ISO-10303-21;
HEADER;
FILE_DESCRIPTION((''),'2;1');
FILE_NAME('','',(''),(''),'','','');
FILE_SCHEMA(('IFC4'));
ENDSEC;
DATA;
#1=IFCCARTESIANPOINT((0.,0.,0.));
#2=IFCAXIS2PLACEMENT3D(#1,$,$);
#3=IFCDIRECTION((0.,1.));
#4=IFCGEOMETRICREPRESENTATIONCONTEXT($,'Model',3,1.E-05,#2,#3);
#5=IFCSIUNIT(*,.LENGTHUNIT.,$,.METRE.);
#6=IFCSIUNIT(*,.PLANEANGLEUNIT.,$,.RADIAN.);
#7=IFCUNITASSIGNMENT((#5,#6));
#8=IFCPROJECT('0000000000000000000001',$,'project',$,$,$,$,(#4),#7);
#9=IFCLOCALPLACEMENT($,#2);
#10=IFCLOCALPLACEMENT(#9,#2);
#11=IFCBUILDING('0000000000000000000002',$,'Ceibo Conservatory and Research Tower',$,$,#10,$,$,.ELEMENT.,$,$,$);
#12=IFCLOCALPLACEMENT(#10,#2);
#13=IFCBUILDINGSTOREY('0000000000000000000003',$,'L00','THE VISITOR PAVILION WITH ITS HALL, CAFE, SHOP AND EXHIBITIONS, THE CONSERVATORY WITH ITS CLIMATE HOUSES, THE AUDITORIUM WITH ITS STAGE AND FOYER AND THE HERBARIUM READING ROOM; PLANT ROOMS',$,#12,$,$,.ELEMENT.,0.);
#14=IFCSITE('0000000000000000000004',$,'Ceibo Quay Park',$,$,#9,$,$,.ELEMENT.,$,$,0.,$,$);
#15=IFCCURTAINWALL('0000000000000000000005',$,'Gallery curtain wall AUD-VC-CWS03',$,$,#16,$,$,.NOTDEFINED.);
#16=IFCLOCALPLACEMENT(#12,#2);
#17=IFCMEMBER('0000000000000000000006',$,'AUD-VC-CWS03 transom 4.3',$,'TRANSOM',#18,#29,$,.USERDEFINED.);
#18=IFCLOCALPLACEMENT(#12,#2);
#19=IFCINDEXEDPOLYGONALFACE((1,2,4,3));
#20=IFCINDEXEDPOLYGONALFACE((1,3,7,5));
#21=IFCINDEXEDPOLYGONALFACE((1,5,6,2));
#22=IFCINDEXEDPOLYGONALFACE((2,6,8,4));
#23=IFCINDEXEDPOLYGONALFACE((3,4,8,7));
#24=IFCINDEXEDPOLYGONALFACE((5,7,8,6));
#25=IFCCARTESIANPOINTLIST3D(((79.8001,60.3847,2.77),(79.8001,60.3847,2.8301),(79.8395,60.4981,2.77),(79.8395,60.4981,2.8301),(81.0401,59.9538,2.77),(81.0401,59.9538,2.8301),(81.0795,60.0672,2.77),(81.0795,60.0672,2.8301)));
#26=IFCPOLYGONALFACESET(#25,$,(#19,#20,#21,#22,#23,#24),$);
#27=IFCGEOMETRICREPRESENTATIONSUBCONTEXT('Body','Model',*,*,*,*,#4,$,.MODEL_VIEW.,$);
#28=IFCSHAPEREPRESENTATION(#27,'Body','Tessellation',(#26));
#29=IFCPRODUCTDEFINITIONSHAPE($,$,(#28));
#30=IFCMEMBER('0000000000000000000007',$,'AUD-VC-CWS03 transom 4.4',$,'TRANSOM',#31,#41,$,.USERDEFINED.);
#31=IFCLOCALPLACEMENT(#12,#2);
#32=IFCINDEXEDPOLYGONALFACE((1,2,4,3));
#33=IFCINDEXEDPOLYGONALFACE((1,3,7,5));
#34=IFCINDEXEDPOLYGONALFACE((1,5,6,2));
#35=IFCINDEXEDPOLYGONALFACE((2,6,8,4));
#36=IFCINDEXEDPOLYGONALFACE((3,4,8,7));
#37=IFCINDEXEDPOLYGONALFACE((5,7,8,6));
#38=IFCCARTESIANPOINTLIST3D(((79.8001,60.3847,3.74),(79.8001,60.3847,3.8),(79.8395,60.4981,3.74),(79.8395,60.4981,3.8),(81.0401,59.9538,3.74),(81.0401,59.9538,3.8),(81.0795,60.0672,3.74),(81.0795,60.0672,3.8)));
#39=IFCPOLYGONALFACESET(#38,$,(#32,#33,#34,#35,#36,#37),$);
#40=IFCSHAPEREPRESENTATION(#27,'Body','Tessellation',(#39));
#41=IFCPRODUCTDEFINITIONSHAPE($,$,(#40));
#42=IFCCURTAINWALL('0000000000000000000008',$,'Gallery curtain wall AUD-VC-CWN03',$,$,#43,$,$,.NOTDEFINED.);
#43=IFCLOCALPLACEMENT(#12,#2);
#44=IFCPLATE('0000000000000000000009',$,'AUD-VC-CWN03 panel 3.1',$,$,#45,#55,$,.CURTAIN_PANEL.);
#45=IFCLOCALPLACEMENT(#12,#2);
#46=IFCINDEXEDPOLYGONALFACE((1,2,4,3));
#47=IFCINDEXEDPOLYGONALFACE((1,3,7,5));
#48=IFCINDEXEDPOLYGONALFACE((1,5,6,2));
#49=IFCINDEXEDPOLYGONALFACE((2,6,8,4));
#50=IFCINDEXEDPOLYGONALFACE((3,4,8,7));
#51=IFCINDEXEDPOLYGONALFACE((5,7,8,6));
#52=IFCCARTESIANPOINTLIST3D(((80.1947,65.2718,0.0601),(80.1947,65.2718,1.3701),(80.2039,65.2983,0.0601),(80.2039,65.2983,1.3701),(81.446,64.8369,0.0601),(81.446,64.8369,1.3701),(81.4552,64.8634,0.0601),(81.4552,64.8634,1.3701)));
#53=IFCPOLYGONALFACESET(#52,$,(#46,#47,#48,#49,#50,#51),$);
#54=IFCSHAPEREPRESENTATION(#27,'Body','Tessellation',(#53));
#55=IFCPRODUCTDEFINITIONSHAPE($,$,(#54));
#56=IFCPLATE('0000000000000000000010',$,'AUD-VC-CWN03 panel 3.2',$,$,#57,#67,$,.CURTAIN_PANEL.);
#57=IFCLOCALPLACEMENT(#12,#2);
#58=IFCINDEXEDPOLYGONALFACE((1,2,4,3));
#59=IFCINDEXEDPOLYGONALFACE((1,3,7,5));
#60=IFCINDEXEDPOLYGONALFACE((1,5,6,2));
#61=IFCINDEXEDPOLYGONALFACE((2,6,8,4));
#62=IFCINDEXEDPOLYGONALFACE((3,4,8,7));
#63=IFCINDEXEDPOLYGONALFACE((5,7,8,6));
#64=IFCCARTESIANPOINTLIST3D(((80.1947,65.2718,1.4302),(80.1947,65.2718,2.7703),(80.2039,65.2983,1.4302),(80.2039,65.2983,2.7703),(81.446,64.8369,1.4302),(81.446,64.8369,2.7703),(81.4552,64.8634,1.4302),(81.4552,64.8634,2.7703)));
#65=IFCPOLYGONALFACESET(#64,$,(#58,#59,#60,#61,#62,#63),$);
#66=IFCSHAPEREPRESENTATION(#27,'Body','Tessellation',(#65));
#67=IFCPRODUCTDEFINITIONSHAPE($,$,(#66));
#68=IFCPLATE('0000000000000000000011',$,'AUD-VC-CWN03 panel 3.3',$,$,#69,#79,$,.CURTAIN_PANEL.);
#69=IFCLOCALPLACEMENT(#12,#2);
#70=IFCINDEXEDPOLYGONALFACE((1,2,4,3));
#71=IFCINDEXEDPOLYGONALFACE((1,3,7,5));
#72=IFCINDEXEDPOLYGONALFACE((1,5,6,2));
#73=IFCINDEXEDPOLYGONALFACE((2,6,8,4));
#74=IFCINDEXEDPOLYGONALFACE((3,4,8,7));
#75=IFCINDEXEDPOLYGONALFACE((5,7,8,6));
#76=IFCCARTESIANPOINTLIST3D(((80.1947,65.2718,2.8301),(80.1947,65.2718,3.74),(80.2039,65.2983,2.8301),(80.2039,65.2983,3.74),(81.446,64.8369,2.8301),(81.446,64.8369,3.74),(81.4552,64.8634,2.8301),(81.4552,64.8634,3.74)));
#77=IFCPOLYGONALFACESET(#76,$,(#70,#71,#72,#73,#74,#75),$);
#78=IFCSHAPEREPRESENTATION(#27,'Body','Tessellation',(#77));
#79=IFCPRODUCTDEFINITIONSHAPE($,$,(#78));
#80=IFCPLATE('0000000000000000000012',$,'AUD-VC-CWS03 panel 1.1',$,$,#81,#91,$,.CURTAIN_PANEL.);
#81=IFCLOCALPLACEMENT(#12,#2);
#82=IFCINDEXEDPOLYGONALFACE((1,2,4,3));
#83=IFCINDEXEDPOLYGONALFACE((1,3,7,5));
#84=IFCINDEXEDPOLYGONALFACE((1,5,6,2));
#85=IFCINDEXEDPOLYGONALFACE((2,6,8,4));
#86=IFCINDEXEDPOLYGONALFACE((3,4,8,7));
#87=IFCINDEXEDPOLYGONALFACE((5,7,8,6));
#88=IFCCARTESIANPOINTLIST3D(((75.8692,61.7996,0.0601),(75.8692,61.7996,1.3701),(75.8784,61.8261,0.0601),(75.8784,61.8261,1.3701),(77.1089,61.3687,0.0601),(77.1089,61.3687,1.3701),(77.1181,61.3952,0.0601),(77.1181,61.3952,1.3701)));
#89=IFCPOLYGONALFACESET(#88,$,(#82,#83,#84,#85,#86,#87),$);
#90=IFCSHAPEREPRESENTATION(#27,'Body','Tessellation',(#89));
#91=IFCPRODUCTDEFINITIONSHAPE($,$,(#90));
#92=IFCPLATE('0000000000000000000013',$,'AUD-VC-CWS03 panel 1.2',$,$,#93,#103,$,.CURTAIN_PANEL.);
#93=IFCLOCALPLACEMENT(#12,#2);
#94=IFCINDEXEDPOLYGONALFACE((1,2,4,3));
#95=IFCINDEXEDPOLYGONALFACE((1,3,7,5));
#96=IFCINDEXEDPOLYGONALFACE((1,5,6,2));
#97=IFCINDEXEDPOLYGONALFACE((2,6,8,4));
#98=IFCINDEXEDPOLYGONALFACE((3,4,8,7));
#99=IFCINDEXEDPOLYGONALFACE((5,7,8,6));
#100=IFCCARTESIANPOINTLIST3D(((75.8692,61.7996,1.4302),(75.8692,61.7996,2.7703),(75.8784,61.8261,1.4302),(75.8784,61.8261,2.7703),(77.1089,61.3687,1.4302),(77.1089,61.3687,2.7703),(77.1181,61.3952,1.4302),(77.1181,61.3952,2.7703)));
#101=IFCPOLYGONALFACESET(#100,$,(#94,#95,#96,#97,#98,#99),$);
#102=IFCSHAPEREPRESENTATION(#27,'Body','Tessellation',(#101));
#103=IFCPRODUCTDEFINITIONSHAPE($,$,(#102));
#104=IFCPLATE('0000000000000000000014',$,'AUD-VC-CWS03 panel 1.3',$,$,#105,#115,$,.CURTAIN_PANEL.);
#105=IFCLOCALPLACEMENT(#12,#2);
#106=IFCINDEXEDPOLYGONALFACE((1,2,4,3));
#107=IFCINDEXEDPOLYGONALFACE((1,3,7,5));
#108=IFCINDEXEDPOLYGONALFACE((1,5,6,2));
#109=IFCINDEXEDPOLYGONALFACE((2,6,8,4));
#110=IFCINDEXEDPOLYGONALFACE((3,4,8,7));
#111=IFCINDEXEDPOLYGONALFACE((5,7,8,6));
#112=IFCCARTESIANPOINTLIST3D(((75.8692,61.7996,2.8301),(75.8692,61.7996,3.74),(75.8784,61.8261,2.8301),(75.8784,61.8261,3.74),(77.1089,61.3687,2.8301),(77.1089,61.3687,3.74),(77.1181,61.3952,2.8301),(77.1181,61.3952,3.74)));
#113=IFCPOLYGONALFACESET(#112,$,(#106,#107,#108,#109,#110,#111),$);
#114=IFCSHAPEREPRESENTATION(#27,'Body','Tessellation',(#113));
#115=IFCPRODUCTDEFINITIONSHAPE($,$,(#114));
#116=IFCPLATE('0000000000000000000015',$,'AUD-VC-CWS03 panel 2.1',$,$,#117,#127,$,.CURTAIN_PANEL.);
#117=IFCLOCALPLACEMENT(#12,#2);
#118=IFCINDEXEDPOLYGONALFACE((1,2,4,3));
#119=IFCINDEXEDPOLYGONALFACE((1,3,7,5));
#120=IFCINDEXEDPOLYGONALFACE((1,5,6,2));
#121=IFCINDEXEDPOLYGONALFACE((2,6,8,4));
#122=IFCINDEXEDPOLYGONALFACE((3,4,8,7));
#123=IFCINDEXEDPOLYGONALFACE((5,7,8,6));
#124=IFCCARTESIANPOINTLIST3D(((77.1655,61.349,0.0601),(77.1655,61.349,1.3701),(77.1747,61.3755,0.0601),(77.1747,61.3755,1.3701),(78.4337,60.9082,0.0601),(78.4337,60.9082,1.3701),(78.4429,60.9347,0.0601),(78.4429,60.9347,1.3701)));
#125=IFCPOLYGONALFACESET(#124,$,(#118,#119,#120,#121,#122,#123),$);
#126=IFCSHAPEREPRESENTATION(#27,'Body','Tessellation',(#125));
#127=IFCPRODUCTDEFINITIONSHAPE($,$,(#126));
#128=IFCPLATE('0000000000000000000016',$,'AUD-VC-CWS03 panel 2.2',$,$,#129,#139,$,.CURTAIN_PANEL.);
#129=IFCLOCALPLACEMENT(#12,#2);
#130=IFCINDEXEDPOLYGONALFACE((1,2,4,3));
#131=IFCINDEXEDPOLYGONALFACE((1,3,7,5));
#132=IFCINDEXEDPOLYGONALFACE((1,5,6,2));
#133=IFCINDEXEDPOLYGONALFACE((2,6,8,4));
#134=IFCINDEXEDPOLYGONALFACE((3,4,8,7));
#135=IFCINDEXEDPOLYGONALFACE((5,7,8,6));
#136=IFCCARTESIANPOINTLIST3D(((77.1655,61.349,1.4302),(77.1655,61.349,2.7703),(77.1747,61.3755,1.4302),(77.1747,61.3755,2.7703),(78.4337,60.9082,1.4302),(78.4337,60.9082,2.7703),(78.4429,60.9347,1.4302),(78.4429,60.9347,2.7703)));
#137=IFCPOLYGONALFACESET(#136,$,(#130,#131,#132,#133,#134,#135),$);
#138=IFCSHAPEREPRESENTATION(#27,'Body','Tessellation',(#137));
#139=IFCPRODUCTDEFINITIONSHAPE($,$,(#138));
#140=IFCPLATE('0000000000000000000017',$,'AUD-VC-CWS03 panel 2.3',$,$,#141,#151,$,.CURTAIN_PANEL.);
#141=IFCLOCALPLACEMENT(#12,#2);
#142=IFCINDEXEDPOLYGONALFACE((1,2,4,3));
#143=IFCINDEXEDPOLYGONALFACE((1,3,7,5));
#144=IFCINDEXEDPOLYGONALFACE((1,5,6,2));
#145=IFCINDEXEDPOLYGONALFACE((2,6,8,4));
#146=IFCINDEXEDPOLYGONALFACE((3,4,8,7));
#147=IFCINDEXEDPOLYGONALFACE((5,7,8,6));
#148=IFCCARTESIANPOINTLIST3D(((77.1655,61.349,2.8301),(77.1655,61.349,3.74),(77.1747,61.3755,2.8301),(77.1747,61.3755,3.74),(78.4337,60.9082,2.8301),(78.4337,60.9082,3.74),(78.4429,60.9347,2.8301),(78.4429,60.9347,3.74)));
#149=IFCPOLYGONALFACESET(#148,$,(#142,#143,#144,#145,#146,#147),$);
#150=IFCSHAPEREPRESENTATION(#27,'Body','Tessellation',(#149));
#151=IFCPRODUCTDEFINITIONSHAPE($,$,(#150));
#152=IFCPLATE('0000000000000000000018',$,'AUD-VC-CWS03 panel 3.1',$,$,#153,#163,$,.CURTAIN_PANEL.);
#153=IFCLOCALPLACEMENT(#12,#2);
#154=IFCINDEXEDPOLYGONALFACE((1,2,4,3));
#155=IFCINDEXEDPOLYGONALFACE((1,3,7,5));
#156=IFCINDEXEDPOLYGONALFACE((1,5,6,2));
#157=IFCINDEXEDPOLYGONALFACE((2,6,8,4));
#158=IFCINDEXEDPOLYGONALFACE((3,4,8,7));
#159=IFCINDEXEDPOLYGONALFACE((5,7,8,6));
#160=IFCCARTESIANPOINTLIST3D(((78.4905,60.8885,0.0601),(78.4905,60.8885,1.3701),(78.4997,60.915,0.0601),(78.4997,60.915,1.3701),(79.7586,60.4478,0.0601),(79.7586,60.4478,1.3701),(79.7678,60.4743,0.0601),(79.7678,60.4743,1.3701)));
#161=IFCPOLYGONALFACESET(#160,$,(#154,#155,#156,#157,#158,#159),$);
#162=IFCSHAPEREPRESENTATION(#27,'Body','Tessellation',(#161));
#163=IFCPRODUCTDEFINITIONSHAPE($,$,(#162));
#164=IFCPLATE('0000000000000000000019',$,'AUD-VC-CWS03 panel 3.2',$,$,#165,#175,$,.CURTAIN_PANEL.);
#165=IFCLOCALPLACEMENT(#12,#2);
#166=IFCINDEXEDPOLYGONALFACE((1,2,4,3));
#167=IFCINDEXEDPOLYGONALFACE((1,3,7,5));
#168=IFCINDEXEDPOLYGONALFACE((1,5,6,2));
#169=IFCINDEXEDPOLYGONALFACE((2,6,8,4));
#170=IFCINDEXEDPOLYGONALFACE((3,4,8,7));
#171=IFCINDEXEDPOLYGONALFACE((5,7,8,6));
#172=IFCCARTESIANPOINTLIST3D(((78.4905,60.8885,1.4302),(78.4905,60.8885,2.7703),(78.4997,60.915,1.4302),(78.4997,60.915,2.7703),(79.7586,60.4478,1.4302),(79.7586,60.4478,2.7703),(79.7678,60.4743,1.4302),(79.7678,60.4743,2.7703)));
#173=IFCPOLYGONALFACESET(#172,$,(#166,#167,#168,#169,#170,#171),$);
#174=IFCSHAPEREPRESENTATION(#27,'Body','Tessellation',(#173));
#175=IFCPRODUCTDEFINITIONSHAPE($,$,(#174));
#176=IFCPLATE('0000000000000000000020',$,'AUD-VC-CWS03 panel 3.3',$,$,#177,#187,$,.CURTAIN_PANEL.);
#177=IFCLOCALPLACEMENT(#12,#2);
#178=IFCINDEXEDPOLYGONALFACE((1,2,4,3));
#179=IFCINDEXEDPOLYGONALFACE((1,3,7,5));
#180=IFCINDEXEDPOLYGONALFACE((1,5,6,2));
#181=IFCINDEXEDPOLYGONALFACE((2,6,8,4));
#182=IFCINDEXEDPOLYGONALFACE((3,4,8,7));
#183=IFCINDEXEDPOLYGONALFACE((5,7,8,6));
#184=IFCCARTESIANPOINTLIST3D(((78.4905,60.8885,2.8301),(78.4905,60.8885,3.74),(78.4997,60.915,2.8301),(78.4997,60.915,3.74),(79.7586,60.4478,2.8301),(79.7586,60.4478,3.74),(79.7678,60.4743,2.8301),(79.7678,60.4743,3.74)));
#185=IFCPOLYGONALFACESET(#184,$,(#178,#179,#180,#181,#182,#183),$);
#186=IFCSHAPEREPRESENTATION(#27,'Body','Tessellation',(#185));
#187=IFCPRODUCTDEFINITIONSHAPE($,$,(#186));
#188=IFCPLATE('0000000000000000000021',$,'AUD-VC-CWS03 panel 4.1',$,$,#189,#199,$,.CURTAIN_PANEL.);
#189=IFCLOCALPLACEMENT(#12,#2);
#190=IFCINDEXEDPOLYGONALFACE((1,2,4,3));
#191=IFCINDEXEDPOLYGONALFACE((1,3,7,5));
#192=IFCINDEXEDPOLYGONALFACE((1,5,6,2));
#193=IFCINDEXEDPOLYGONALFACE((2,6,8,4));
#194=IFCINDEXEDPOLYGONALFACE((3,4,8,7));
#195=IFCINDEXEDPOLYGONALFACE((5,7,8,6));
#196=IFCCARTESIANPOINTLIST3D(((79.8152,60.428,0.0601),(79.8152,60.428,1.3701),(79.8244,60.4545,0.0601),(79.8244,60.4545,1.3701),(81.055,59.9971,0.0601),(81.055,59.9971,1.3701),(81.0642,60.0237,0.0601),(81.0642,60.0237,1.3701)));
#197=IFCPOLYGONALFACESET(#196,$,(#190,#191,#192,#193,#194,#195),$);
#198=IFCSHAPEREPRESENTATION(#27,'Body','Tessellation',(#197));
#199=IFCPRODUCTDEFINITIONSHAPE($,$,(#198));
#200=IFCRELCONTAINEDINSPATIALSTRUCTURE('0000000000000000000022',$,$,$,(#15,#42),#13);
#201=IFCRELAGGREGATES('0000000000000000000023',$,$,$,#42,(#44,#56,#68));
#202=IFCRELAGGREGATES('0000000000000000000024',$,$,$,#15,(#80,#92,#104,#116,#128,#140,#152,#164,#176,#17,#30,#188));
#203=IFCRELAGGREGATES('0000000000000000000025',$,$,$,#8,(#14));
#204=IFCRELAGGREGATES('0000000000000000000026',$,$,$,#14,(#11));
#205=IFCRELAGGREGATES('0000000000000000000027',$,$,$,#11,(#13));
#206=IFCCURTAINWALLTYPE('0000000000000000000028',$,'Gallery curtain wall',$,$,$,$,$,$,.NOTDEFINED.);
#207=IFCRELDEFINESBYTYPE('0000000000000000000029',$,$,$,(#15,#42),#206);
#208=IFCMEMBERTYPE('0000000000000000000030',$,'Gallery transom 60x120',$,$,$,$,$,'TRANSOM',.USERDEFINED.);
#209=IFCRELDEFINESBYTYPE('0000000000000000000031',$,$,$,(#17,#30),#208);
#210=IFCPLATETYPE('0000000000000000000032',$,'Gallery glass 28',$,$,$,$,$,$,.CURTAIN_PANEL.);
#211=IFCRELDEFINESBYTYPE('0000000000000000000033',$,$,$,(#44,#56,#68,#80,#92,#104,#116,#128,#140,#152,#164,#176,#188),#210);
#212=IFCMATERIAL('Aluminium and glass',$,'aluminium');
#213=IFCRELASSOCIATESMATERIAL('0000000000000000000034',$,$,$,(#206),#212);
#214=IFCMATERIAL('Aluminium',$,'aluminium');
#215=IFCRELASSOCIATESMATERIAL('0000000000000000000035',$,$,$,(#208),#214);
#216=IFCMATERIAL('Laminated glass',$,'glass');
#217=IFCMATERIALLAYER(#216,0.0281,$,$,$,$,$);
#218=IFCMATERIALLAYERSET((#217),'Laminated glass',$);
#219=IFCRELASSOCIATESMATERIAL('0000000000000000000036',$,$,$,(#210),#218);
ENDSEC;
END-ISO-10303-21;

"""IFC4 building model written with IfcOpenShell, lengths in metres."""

from ifc_helpers import new_model, si_unit, direction, frame, origin, origin_2d, place, context, subcontext, project, spatial, rectangle, extrude, material, layer, layer_set, material_profile, profile_set, type_object, element, aggregate, save


model = new_model("IFC4")

# Units and contexts
model_context = context("Model", 3, precision=1e-05, world=origin(), true_north=direction((0.0, 1.0)))
body_context = subcontext(model_context, "Body", "Model", "MODEL_VIEW")
ifc_project = project(units=[si_unit("LENGTHUNIT", "METRE"), si_unit("PLANEANGLEUNIT", "RADIAN")], contexts=[model_context])

# Site, building, storey
site_placement = place(None, origin())
site = spatial("IfcSite", under=ifc_project, at=site_placement, Name="Ceibo Quay Park", CompositionType="ELEMENT", RefElevation=0.0)
building_placement = place(site_placement, origin())
building = spatial("IfcBuilding", under=site, at=building_placement, Name="Ceibo Conservatory and Research Tower", CompositionType="ELEMENT")
storey_placement = place(building_placement, origin())
storey = spatial("IfcBuildingStorey", under=building, at=storey_placement, Name="L00", Description="THE VISITOR PAVILION WITH ITS HALL, CAFE, SHOP AND EXHIBITIONS, THE CONSERVATORY WITH ITS CLIMATE HOUSES, THE AUDITORIUM WITH ITS STAGE AND FOYER AND THE HERBARIUM READING ROOM; PLANT ROOMS", CompositionType="ELEMENT", Elevation=0.0)

# Curtain wall, members
ifc_material_1 = material(Name="Aluminium and glass", Category="aluminium")
curtain_wall_type = type_object("IfcCurtainWallType", Name="Gallery curtain wall", PredefinedType="NOTDEFINED", material=ifc_material_1)
curtain_wall_1_placement = place(storey_placement, origin())
curtain_wall_1 = element("IfcCurtainWall", 1, at=curtain_wall_1_placement, inside=storey, type_object=curtain_wall_type, Name="Gallery curtain wall AUD-VC-CWS03", PredefinedType="NOTDEFINED")
ifc_material_2 = material(Name="Aluminium", Category="aluminium")
ifc_material_profile_1 = material_profile(ifc_material_2, rectangle(XDim=0.1201, YDim=0.0601, at=origin_2d()), Name="AL 60x120")
ifc_profile_set_1 = profile_set([ifc_material_profile_1], Name="Aluminium")
member_type_1 = type_object("IfcMemberType", Name="Gallery transom 60x120", ElementType="TRANSOM", PredefinedType="USERDEFINED", material=ifc_profile_set_1)
member_1_placement = place(storey_placement, frame((79.8198, 60.4414, 2.8), z_axis=(0.94459, -0.328254, 0.0), x_axis=(0.328254, 0.94459, 0.0)))
member_1 = element("IfcMember", 2, at=member_1_placement, type_object=member_type_1, Name="AUD-VC-CWS03 transom 4.3", ObjectType="TRANSOM", PredefinedType="USERDEFINED", context=body_context, shape_type="SweptSolid", body=[
    extrude(rectangle(XDim=0.1201, YDim=0.0601, at=origin_2d()), origin(), (0.0, 0.0, 1.0), 1.3127),
])
member_2_placement = place(storey_placement, frame((79.8198, 60.4414, 3.77), z_axis=(0.94459, -0.328254, 0.0), x_axis=(0.328254, 0.94459, 0.0)))
member_2 = element("IfcMember", 3, at=member_2_placement, type_object=member_type_1, Name="AUD-VC-CWS03 transom 4.4", ObjectType="TRANSOM", PredefinedType="USERDEFINED", context=body_context, shape_type="SweptSolid", body=[
    extrude(rectangle(XDim=0.1201, YDim=0.0601, at=origin_2d()), origin(), (0.0, 0.0, 1.0), 1.3127),
])

# Curtain wall, plates
curtain_wall_2_placement = place(storey_placement, origin())
curtain_wall_2 = element("IfcCurtainWall", 4, at=curtain_wall_2_placement, inside=storey, type_object=curtain_wall_type, Name="Gallery curtain wall AUD-VC-CWN03", PredefinedType="NOTDEFINED")
ifc_material_3 = material(Name="Laminated glass", Category="glass")
ifc_layer = layer(ifc_material_3, 0.0281)
ifc_layer_set = layer_set([ifc_layer], Name="Laminated glass")
plate_type = type_object("IfcPlateType", Name="Gallery glass 28", PredefinedType="CURTAIN_PANEL", material=ifc_layer_set)
plate_1_placement = place(storey_placement, frame((80.825, 65.0676, 0.0601), z_axis=(0.0, 0.0, 1.0), x_axis=(0.944579, -0.328284, 0.0)))
plate_1 = element("IfcPlate", 5, at=plate_1_placement, type_object=plate_type, Name="AUD-VC-CWN03 panel 3.1", PredefinedType="CURTAIN_PANEL", context=body_context, shape_type="SweptSolid", body=[
    extrude(rectangle(XDim=1.3247, YDim=0.0281, at=origin_2d()), origin(), (0.0, 0.0, 1.0), 1.3101),
])
plate_2_placement = place(storey_placement, frame((80.825, 65.0676, 1.4302), z_axis=(0.0, 0.0, 1.0), x_axis=(0.944579, -0.328284, 0.0)))
plate_2 = element("IfcPlate", 6, at=plate_2_placement, type_object=plate_type, Name="AUD-VC-CWN03 panel 3.2", PredefinedType="CURTAIN_PANEL", context=body_context, shape_type="SweptSolid", body=[
    extrude(rectangle(XDim=1.3247, YDim=0.0281, at=origin_2d()), origin(), (0.0, 0.0, 1.0), 1.3401),
])
plate_3_placement = place(storey_placement, frame((80.825, 65.0676, 2.8301), z_axis=(0.0, 0.0, 1.0), x_axis=(0.944579, -0.328284, 0.0)))
plate_3 = element("IfcPlate", 7, at=plate_3_placement, type_object=plate_type, Name="AUD-VC-CWN03 panel 3.3", PredefinedType="CURTAIN_PANEL", context=body_context, shape_type="SweptSolid", body=[
    extrude(rectangle(XDim=1.3247, YDim=0.0281, at=origin_2d()), origin(), (0.0, 0.0, 1.0), 0.9099),
])
aggregate(curtain_wall_2, [plate_1, plate_2, plate_3])

# Plates
plate_4_placement = place(storey_placement, frame((76.4937, 61.5974, 0.0601), z_axis=(0.0, 0.0, 1.0), x_axis=(0.944579, -0.328284, 0.0)))
plate_4 = element("IfcPlate", 8, at=plate_4_placement, type_object=plate_type, Name="AUD-VC-CWS03 panel 1.1", PredefinedType="CURTAIN_PANEL", context=body_context, shape_type="SweptSolid", body=[
    extrude(rectangle(XDim=1.3125, YDim=0.0281, at=origin_2d()), origin(), (0.0, 0.0, 1.0), 1.3101),
])
plate_5_placement = place(storey_placement, frame((76.4937, 61.5974, 1.4302), z_axis=(0.0, 0.0, 1.0), x_axis=(0.944579, -0.328284, 0.0)))
plate_5 = element("IfcPlate", 9, at=plate_5_placement, type_object=plate_type, Name="AUD-VC-CWS03 panel 1.2", PredefinedType="CURTAIN_PANEL", context=body_context, shape_type="SweptSolid", body=[
    extrude(rectangle(XDim=1.3125, YDim=0.0281, at=origin_2d()), origin(), (0.0, 0.0, 1.0), 1.3401),
])
plate_6_placement = place(storey_placement, frame((76.4937, 61.5974, 2.8301), z_axis=(0.0, 0.0, 1.0), x_axis=(0.944579, -0.328284, 0.0)))
plate_6 = element("IfcPlate", 10, at=plate_6_placement, type_object=plate_type, Name="AUD-VC-CWS03 panel 1.3", PredefinedType="CURTAIN_PANEL", context=body_context, shape_type="SweptSolid", body=[
    extrude(rectangle(XDim=1.3125, YDim=0.0281, at=origin_2d()), origin(), (0.0, 0.0, 1.0), 0.9099),
])
plate_7_placement = place(storey_placement, frame((77.8042, 61.1418, 0.0601), z_axis=(0.0, 0.0, 1.0), x_axis=(0.944579, -0.328284, 0.0)))
plate_7 = element("IfcPlate", 11, at=plate_7_placement, type_object=plate_type, Name="AUD-VC-CWS03 panel 2.1", PredefinedType="CURTAIN_PANEL", context=body_context, shape_type="SweptSolid", body=[
    extrude(rectangle(XDim=1.3425, YDim=0.0281, at=origin_2d()), origin(), (0.0, 0.0, 1.0), 1.3101),
])
plate_8_placement = place(storey_placement, frame((77.8042, 61.1418, 1.4302), z_axis=(0.0, 0.0, 1.0), x_axis=(0.944579, -0.328284, 0.0)))
plate_8 = element("IfcPlate", 12, at=plate_8_placement, type_object=plate_type, Name="AUD-VC-CWS03 panel 2.2", PredefinedType="CURTAIN_PANEL", context=body_context, shape_type="SweptSolid", body=[
    extrude(rectangle(XDim=1.3425, YDim=0.0281, at=origin_2d()), origin(), (0.0, 0.0, 1.0), 1.3401),
])
plate_9_placement = place(storey_placement, frame((77.8042, 61.1418, 2.8301), z_axis=(0.0, 0.0, 1.0), x_axis=(0.944579, -0.328284, 0.0)))
plate_9 = element("IfcPlate", 13, at=plate_9_placement, type_object=plate_type, Name="AUD-VC-CWS03 panel 2.3", PredefinedType="CURTAIN_PANEL", context=body_context, shape_type="SweptSolid", body=[
    extrude(rectangle(XDim=1.3425, YDim=0.0281, at=origin_2d()), origin(), (0.0, 0.0, 1.0), 0.9099),
])
plate_10_placement = place(storey_placement, frame((79.1292, 60.6814, 0.0601), z_axis=(0.0, 0.0, 1.0), x_axis=(0.944579, -0.328284, 0.0)))
plate_10 = element("IfcPlate", 14, at=plate_10_placement, type_object=plate_type, Name="AUD-VC-CWS03 panel 3.1", PredefinedType="CURTAIN_PANEL", context=body_context, shape_type="SweptSolid", body=[
    extrude(rectangle(XDim=1.3425, YDim=0.0281, at=origin_2d()), origin(), (0.0, 0.0, 1.0), 1.3101),
])
plate_11_placement = place(storey_placement, frame((79.1292, 60.6814, 1.4302), z_axis=(0.0, 0.0, 1.0), x_axis=(0.944579, -0.328284, 0.0)))
plate_11 = element("IfcPlate", 15, at=plate_11_placement, type_object=plate_type, Name="AUD-VC-CWS03 panel 3.2", PredefinedType="CURTAIN_PANEL", context=body_context, shape_type="SweptSolid", body=[
    extrude(rectangle(XDim=1.3425, YDim=0.0281, at=origin_2d()), origin(), (0.0, 0.0, 1.0), 1.3401),
])
plate_12_placement = place(storey_placement, frame((79.1292, 60.6814, 2.8301), z_axis=(0.0, 0.0, 1.0), x_axis=(0.944579, -0.328284, 0.0)))
plate_12 = element("IfcPlate", 16, at=plate_12_placement, type_object=plate_type, Name="AUD-VC-CWS03 panel 3.3", PredefinedType="CURTAIN_PANEL", context=body_context, shape_type="SweptSolid", body=[
    extrude(rectangle(XDim=1.3425, YDim=0.0281, at=origin_2d()), origin(), (0.0, 0.0, 1.0), 0.9099),
])
plate_13_placement = place(storey_placement, frame((80.4397, 60.2258, 0.0601), z_axis=(0.0, 0.0, 1.0), x_axis=(0.944579, -0.328284, 0.0)))
plate_13 = element("IfcPlate", 17, at=plate_13_placement, type_object=plate_type, Name="AUD-VC-CWS03 panel 4.1", PredefinedType="CURTAIN_PANEL", context=body_context, shape_type="SweptSolid", body=[
    extrude(rectangle(XDim=1.3125, YDim=0.0281, at=origin_2d()), origin(), (0.0, 0.0, 1.0), 1.3101),
])
aggregate(curtain_wall_1, [plate_4, plate_5, plate_6, plate_7, plate_8, plate_9, plate_10, plate_11, plate_12, member_1, member_2, plate_13])

save(model, "model.ifc")
